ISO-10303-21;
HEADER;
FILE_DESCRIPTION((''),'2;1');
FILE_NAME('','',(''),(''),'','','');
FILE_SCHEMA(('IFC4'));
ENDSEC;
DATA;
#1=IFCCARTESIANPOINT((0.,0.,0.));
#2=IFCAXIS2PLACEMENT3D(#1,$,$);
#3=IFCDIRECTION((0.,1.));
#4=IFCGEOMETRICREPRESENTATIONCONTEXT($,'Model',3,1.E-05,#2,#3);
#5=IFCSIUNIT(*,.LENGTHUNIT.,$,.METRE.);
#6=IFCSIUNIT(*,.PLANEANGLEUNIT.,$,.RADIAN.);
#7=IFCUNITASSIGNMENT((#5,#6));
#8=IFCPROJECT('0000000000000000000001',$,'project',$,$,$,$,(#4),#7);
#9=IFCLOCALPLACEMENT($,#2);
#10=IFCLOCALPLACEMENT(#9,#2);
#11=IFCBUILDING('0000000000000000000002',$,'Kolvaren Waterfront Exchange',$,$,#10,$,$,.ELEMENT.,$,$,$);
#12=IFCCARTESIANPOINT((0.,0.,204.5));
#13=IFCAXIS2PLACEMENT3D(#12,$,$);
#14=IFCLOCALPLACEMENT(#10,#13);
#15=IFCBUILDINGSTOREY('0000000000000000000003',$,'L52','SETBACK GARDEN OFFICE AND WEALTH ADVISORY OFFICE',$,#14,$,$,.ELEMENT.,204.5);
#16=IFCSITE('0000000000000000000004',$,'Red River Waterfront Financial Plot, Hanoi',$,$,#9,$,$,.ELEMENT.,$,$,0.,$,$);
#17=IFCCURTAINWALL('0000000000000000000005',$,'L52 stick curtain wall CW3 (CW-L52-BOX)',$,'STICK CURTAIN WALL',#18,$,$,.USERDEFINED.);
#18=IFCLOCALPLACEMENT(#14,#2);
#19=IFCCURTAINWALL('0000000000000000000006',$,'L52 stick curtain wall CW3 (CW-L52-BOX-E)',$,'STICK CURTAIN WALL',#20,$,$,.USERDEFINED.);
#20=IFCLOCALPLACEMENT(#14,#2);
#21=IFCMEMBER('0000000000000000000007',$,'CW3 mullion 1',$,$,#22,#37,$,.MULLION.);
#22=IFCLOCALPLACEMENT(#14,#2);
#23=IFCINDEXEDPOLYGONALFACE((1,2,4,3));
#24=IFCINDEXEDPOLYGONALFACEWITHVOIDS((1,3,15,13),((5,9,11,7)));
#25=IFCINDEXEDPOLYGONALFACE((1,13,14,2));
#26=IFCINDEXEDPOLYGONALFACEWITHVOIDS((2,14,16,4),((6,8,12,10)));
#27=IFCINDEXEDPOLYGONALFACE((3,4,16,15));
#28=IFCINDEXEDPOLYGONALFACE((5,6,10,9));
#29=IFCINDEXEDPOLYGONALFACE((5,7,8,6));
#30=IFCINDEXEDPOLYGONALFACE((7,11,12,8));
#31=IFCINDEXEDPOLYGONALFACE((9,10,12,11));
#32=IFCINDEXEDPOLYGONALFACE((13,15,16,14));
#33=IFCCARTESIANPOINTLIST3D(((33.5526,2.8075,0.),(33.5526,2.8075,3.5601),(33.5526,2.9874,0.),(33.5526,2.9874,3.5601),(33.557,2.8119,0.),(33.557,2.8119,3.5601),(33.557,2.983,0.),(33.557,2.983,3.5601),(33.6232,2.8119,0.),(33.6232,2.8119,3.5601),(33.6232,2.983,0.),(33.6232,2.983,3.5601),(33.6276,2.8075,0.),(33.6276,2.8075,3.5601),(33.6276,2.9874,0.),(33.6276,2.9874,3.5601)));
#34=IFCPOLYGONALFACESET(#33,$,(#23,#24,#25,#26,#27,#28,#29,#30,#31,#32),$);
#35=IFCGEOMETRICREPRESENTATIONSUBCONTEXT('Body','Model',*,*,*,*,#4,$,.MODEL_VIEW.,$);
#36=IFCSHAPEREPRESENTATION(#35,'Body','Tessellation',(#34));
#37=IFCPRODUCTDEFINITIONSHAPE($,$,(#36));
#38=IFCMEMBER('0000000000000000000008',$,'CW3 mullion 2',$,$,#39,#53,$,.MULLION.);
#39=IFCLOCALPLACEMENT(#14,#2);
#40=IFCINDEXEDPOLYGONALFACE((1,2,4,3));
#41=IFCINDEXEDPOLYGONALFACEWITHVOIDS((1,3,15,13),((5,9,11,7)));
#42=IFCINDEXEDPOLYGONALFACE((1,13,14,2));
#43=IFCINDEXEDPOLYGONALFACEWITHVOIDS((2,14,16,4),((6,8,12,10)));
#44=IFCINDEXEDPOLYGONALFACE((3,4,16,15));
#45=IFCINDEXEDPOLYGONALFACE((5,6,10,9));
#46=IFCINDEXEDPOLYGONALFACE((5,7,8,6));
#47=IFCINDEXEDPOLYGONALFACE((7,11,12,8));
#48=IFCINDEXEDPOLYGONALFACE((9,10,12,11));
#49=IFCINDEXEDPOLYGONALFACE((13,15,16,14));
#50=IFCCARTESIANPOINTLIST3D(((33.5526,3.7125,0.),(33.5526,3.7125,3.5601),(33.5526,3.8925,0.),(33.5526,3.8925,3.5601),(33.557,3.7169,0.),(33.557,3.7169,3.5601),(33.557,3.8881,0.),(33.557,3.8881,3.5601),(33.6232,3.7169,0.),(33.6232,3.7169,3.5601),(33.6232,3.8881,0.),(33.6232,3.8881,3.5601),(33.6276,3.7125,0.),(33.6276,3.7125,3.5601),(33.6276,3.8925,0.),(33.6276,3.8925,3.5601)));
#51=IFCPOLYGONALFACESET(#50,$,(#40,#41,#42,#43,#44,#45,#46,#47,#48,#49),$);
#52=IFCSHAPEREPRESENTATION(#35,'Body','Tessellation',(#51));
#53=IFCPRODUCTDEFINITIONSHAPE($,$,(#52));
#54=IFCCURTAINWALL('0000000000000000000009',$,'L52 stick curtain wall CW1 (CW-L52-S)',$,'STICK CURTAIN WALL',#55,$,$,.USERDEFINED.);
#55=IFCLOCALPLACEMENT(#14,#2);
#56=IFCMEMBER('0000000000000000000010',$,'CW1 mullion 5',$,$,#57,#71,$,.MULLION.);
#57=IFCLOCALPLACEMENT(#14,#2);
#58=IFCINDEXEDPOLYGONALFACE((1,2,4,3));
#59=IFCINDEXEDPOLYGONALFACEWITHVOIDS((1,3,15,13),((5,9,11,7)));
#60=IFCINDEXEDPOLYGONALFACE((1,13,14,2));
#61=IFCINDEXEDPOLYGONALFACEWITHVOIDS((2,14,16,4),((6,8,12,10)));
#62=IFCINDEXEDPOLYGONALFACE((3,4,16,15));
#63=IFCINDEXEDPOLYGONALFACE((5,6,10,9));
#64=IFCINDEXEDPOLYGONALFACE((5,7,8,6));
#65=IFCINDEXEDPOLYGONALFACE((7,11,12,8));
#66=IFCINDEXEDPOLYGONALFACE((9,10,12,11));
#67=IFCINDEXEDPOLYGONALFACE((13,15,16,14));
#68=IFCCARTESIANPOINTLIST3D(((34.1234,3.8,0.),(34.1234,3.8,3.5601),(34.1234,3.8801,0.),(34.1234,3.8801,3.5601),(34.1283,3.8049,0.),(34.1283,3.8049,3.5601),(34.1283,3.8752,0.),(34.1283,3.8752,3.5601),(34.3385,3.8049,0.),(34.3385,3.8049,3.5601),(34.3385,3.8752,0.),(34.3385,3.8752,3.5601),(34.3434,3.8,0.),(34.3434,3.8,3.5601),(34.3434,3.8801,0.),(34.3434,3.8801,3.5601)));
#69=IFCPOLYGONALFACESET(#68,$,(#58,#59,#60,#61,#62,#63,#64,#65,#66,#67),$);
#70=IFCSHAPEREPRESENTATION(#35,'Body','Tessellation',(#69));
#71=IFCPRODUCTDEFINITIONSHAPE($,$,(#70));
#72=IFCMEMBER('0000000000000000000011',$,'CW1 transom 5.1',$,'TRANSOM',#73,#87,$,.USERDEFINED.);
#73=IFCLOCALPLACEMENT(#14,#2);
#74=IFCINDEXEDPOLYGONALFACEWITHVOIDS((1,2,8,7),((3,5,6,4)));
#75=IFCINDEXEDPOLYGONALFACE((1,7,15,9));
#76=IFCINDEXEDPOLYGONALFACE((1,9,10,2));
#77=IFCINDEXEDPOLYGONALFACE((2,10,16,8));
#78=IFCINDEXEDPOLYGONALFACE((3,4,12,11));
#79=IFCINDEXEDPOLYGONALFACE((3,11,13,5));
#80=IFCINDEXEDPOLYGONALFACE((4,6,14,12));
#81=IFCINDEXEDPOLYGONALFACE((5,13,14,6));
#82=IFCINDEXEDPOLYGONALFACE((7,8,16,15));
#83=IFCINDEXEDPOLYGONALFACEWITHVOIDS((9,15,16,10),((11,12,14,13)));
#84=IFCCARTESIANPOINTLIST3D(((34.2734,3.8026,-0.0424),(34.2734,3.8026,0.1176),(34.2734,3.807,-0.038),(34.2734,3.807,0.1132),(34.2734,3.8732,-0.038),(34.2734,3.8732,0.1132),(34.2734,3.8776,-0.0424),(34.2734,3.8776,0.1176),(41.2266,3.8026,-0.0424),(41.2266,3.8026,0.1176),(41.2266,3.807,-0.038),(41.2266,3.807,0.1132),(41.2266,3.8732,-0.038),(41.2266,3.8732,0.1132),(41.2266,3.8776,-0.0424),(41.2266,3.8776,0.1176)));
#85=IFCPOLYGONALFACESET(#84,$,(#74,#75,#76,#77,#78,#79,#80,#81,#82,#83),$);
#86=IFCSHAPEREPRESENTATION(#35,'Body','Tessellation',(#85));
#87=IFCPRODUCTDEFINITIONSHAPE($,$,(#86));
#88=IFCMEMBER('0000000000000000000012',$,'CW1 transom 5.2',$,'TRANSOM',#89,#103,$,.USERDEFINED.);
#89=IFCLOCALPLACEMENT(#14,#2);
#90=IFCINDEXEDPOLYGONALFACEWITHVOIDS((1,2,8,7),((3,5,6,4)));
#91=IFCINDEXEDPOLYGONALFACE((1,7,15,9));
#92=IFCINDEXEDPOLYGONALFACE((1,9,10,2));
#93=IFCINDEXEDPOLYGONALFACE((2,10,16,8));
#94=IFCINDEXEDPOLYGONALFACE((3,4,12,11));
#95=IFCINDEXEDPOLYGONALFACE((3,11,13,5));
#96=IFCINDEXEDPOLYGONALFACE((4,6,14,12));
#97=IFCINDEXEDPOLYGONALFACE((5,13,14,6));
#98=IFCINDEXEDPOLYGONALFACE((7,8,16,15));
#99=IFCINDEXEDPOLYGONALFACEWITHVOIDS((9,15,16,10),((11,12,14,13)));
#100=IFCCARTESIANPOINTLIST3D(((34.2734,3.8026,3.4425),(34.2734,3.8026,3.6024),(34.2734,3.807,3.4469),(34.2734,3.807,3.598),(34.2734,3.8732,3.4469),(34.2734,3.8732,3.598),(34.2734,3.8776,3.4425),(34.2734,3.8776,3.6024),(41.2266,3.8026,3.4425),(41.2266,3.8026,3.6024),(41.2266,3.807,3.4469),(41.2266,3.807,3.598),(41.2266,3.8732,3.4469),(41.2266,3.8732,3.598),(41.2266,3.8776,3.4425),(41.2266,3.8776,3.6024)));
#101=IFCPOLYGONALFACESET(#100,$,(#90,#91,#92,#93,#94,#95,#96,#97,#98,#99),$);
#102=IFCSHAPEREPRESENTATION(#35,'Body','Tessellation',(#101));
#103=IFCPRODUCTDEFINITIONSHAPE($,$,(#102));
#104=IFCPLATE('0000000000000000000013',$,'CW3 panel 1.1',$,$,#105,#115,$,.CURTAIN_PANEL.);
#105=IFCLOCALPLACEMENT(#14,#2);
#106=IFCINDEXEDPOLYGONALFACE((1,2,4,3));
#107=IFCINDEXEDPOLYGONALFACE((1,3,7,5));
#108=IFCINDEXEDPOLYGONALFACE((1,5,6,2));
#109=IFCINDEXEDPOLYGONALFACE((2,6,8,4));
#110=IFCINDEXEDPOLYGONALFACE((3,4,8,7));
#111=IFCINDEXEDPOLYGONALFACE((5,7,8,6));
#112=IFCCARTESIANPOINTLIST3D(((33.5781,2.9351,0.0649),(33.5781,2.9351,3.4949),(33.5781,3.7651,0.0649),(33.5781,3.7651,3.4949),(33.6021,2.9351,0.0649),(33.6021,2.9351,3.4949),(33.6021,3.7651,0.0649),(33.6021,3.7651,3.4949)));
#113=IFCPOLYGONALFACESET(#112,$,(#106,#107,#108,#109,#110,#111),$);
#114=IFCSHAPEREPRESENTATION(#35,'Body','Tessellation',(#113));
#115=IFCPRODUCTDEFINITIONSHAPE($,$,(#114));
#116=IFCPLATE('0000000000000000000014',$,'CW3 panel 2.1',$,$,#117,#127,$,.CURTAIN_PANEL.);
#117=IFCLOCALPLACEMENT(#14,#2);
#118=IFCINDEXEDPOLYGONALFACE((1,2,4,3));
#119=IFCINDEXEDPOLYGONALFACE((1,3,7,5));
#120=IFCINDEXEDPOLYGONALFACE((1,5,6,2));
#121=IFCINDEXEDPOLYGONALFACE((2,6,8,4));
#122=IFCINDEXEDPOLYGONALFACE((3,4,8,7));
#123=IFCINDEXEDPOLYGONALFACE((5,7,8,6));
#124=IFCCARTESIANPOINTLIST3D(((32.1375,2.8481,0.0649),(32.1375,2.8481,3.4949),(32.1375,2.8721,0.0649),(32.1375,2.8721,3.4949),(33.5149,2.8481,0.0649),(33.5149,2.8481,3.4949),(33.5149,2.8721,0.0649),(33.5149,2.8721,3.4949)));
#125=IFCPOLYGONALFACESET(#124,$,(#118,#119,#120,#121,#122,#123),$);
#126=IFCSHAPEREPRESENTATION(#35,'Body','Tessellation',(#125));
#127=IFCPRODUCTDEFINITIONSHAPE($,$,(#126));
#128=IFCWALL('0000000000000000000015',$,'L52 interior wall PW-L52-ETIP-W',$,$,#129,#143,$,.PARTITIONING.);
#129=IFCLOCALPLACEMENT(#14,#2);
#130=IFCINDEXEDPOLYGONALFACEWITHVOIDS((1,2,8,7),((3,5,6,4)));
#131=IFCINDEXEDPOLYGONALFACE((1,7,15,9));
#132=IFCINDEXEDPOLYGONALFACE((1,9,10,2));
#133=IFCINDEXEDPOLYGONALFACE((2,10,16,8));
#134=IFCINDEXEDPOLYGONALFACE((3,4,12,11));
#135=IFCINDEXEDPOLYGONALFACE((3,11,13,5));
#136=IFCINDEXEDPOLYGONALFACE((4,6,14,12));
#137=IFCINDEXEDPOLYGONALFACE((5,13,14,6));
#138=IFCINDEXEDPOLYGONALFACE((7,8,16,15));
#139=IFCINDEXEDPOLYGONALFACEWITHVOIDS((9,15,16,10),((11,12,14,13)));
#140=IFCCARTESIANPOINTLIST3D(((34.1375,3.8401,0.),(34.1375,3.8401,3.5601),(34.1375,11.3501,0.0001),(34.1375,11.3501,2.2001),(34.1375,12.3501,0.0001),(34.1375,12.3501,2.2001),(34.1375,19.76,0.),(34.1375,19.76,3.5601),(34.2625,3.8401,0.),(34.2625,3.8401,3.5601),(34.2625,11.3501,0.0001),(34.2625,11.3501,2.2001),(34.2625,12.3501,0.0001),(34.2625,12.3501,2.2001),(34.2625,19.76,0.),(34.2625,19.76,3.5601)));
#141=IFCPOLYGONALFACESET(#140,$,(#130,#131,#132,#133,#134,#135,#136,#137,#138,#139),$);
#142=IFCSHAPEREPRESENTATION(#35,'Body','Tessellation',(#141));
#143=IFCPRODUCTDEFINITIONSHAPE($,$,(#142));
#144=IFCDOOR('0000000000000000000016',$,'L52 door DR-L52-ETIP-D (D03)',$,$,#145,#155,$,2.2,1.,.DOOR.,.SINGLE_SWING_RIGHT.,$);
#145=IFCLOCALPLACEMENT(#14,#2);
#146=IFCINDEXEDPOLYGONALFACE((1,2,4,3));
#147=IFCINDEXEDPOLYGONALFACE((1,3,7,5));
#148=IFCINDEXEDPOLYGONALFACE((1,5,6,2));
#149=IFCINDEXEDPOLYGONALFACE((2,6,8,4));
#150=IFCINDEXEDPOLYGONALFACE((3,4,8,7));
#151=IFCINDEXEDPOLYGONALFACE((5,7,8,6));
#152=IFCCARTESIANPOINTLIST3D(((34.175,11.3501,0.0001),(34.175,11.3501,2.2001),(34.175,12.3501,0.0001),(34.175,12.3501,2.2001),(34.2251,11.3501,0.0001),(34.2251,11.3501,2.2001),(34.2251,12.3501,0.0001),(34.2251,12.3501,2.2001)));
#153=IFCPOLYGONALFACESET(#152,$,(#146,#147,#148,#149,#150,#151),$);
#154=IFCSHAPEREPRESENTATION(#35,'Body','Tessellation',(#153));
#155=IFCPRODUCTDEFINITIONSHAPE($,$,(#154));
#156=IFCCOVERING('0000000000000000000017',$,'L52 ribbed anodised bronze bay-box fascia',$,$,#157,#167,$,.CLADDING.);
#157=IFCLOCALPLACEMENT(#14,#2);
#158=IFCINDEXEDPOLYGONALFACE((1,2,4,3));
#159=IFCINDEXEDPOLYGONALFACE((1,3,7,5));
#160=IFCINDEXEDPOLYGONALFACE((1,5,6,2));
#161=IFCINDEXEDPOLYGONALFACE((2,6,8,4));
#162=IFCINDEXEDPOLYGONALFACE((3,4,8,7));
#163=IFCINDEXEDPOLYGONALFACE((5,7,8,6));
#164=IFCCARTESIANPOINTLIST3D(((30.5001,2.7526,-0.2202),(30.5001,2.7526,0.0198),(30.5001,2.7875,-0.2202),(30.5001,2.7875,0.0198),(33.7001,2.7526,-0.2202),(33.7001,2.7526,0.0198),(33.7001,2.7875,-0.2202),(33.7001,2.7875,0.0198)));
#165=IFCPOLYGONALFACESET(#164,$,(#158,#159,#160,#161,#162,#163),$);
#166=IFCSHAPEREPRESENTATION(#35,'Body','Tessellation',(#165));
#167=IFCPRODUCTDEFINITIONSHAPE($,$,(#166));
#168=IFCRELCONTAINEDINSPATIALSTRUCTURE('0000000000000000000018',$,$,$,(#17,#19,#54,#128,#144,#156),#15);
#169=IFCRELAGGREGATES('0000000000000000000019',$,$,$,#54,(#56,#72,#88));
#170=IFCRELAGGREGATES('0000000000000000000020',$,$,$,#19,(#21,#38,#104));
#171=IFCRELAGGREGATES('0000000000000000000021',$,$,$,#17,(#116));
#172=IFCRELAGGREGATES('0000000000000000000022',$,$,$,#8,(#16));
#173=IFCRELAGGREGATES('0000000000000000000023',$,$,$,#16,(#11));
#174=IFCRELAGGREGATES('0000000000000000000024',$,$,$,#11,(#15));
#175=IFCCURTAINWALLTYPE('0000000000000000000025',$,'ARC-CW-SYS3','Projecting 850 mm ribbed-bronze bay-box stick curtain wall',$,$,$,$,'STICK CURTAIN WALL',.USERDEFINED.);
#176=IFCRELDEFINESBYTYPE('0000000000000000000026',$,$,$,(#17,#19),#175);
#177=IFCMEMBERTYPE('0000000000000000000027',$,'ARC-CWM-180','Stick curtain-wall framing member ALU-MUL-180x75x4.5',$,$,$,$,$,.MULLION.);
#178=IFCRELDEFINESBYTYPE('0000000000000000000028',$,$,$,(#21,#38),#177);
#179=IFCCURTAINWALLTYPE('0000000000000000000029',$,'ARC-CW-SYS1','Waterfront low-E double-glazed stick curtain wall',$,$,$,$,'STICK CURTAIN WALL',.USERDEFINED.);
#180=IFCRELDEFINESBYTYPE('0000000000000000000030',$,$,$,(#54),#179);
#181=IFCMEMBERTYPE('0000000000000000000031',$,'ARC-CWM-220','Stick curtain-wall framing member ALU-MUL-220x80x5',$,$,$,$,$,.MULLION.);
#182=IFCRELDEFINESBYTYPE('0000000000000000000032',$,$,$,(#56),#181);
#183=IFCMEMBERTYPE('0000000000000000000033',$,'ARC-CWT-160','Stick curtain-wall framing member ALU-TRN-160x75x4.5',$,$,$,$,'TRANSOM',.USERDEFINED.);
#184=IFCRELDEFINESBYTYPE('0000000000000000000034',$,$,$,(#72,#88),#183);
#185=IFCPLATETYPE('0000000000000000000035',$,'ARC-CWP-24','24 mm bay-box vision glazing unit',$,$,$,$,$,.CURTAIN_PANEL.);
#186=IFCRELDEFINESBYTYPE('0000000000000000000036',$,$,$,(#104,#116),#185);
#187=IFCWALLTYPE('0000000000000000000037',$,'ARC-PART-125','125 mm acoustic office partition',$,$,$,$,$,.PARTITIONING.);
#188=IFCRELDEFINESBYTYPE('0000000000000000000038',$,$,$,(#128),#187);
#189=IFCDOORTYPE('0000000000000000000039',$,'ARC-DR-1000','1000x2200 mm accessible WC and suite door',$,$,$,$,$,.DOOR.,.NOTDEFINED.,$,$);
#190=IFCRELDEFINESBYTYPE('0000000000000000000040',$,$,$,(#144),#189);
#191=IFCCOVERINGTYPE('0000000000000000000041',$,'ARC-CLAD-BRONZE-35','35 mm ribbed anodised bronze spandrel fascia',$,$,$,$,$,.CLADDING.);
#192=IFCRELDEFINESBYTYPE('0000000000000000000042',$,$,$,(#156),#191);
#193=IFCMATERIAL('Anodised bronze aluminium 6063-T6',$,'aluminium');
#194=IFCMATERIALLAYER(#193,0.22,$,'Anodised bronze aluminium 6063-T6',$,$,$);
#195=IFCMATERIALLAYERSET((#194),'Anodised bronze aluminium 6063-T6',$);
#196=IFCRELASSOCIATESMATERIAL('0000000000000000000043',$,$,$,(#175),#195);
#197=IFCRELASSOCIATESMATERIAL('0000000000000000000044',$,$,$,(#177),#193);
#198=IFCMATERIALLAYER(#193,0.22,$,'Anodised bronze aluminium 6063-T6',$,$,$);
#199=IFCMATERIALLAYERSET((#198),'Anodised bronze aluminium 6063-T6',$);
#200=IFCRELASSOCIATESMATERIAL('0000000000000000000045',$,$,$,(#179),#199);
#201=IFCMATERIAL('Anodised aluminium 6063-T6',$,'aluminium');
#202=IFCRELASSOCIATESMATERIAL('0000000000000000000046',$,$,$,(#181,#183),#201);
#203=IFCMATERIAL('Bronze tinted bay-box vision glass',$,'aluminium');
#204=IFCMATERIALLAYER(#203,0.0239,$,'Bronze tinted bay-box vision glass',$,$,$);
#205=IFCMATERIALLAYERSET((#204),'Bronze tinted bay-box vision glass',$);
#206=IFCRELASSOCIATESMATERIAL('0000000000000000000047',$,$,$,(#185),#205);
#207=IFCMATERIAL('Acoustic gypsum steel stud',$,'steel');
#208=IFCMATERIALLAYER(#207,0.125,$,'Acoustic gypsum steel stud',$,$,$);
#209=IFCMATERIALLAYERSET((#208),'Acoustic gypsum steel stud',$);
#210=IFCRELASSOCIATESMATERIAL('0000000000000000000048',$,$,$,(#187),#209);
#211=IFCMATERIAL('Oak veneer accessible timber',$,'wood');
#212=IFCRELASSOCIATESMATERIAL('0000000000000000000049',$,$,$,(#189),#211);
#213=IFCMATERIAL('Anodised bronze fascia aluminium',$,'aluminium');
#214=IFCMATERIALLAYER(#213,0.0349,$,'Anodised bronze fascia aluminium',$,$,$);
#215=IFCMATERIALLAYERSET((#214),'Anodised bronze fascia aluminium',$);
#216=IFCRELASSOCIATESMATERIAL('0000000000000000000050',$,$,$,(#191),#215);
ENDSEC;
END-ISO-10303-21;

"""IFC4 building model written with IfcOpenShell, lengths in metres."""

from ifc_helpers import new_model, si_unit, direction, frame, frame_2d, origin, origin_with_axes, origin_2d, place, context, subcontext, project, spatial, rectangle, hollow_rectangle, extrude, source, transform, mapped, material, layer, layer_set, material_profile, profile_set, type_object, element, fill, aggregate, save


model = new_model("IFC4")

# Units and contexts
model_context = context("Model", 3, precision=1e-05, world=origin(), true_north=direction((0.0, 1.0)))
body_context = subcontext(model_context, "Body", "Model", "MODEL_VIEW")
ifc_project = project(units=[si_unit("LENGTHUNIT", "METRE"), si_unit("PLANEANGLEUNIT", "RADIAN")], contexts=[model_context])

# Site, building, storey
site_placement = place(None, origin())
site = spatial("IfcSite", under=ifc_project, at=site_placement, Name="Red River Waterfront Financial Plot, Hanoi", CompositionType="ELEMENT", RefElevation=0.0)
building_placement = place(site_placement, origin())
building = spatial("IfcBuilding", under=site, at=building_placement, Name="Kolvaren Waterfront Exchange", CompositionType="ELEMENT")
storey_placement = place(building_placement, frame((0.0, 0.0, 204.5)))
storey = spatial("IfcBuildingStorey", under=building, at=storey_placement, Name="L52", Description="SETBACK GARDEN OFFICE AND WEALTH ADVISORY OFFICE", CompositionType="ELEMENT", Elevation=204.5)

# Curtain walls
ifc_material_1 = material(Name="Anodised bronze aluminium 6063-T6", Category="aluminium")
ifc_layer_1 = layer(ifc_material_1, 0.22, Name="Anodised bronze aluminium 6063-T6")
ifc_layer_set_1 = layer_set([ifc_layer_1], Name="Anodised bronze aluminium 6063-T6")
curtain_wall_type_1 = type_object("IfcCurtainWallType", Name="ARC-CW-SYS3", Description="Projecting 850 mm ribbed-bronze bay-box stick curtain wall", ElementType="STICK CURTAIN WALL", PredefinedType="USERDEFINED", material=ifc_layer_set_1)
curtain_wall_1_placement = place(storey_placement, origin())
curtain_wall_1 = element("IfcCurtainWall", 1, at=curtain_wall_1_placement, inside=storey, type_object=curtain_wall_type_1, Name="L52 stick curtain wall CW3 (CW-L52-BOX)", ObjectType="STICK CURTAIN WALL", PredefinedType="USERDEFINED")
curtain_wall_2_placement = place(storey_placement, origin())
curtain_wall_2 = element("IfcCurtainWall", 2, at=curtain_wall_2_placement, inside=storey, type_object=curtain_wall_type_1, Name="L52 stick curtain wall CW3 (CW-L52-BOX-E)", ObjectType="STICK CURTAIN WALL", PredefinedType="USERDEFINED")

# Members
ifc_material_profile_1 = material_profile(ifc_material_1, hollow_rectangle(XDim=0.075, YDim=0.1799, WallThickness=0.0044, at=origin_2d()), Name="ALU-MUL-180x75x4.5")
ifc_profile_set_1 = profile_set([ifc_material_profile_1], Name="Anodised bronze aluminium 6063-T6")
member_type_1 = type_object("IfcMemberType", Name="ARC-CWM-180", Description="Stick curtain-wall framing member ALU-MUL-180x75x4.5", PredefinedType="MULLION", material=ifc_profile_set_1)
shared_shape_1 = source(origin_with_axes(), body_context, "Body", "SweptSolid", [
    extrude(hollow_rectangle(XDim=0.075, YDim=0.1799, WallThickness=0.0044, at=origin_2d()), origin(), (0.0, 0.0, 1.0), 3.5601),
])
member_1_placement = place(storey_placement, frame((33.5901, 2.8975, 0.0), z_axis=(0.0, 0.0, 1.0), x_axis=(-1.0, 0.0, 0.0)))
member_1 = element("IfcMember", 3, at=member_1_placement, type_object=member_type_1, Name="CW3 mullion 1", PredefinedType="MULLION", context=body_context, shape_type="MappedRepresentation", body=[
    mapped(shared_shape_1, transform((0.0, 0.0, 0.0), x_axis=(1.0, 0.0, 0.0), y_axis=(0.0, 1.0, 0.0), z_axis=(0.0, 0.0, 1.0), scale=1.0)),
])
member_2_placement = place(storey_placement, frame((33.5901, 3.8025, 0.0), z_axis=(0.0, 0.0, 1.0), x_axis=(-1.0, 0.0, 0.0)))
member_2 = element("IfcMember", 4, at=member_2_placement, type_object=member_type_1, Name="CW3 mullion 2", PredefinedType="MULLION", context=body_context, shape_type="MappedRepresentation", body=[
    mapped(shared_shape_1, transform((0.0, 0.0, 0.0), x_axis=(1.0, 0.0, 0.0), y_axis=(0.0, 1.0, 0.0), z_axis=(0.0, 0.0, 1.0), scale=1.0)),
])

# Curtain wall, members
ifc_layer_2 = layer(ifc_material_1, 0.22, Name="Anodised bronze aluminium 6063-T6")
ifc_layer_set_2 = layer_set([ifc_layer_2], Name="Anodised bronze aluminium 6063-T6")
curtain_wall_type_2 = type_object("IfcCurtainWallType", Name="ARC-CW-SYS1", Description="Waterfront low-E double-glazed stick curtain wall", ElementType="STICK CURTAIN WALL", PredefinedType="USERDEFINED", material=ifc_layer_set_2)
curtain_wall_3_placement = place(storey_placement, origin())
curtain_wall_3 = element("IfcCurtainWall", 5, at=curtain_wall_3_placement, inside=storey, type_object=curtain_wall_type_2, Name="L52 stick curtain wall CW1 (CW-L52-S)", ObjectType="STICK CURTAIN WALL", PredefinedType="USERDEFINED")
ifc_material_2 = material(Name="Anodised aluminium 6063-T6", Category="aluminium")
ifc_material_profile_2 = material_profile(ifc_material_2, hollow_rectangle(XDim=0.0801, YDim=0.22, WallThickness=0.0049, at=origin_2d()), Name="ALU-MUL-220x80x5")
ifc_profile_set_2 = profile_set([ifc_material_profile_2], Name="Anodised aluminium 6063-T6")
member_type_2 = type_object("IfcMemberType", Name="ARC-CWM-220", Description="Stick curtain-wall framing member ALU-MUL-220x80x5", PredefinedType="MULLION", material=ifc_profile_set_2)
shared_shape_2 = source(origin_with_axes(), body_context, "Body", "SweptSolid", [
    extrude(hollow_rectangle(XDim=0.0801, YDim=0.22, WallThickness=0.0049, at=origin_2d()), origin(), (0.0, 0.0, 1.0), 3.5601),
])
member_3_placement = place(storey_placement, frame((34.2334, 3.8401, 0.0), z_axis=(0.0, 0.0, 1.0), x_axis=(0.0, 1.0, 0.0)))
member_3 = element("IfcMember", 6, at=member_3_placement, type_object=member_type_2, Name="CW1 mullion 5", PredefinedType="MULLION", context=body_context, shape_type="MappedRepresentation", body=[
    mapped(shared_shape_2, transform((0.0, 0.0, 0.0), x_axis=(1.0, 0.0, 0.0), y_axis=(0.0, 1.0, 0.0), z_axis=(0.0, 0.0, 1.0), scale=1.0)),
])
ifc_material_profile_3 = material_profile(ifc_material_2, hollow_rectangle(XDim=0.075, YDim=0.1599, WallThickness=0.0044, at=origin_2d()), Name="ALU-TRN-160x75x4.5")
ifc_profile_set_3 = profile_set([ifc_material_profile_3], Name="Anodised aluminium 6063-T6")
member_type_3 = type_object("IfcMemberType", Name="ARC-CWT-160", Description="Stick curtain-wall framing member ALU-TRN-160x75x4.5", ElementType="TRANSOM", PredefinedType="USERDEFINED", material=ifc_profile_set_3)
shared_shape_3 = source(origin_with_axes(), body_context, "Body", "SweptSolid", [
    extrude(hollow_rectangle(XDim=0.075, YDim=0.1599, WallThickness=0.0044, at=origin_2d()), origin(), (0.0, 0.0, 1.0), 6.9531),
])
member_4_placement = place(storey_placement, frame((34.2734, 3.8401, 0.0376), z_axis=(1.0, 0.0, 0.0), x_axis=(0.0, 1.0, 0.0)))
member_4 = element("IfcMember", 7, at=member_4_placement, type_object=member_type_3, Name="CW1 transom 5.1", ObjectType="TRANSOM", PredefinedType="USERDEFINED", context=body_context, shape_type="MappedRepresentation", body=[
    mapped(shared_shape_3, transform((0.0, 0.0, 0.0), x_axis=(1.0, 0.0, 0.0), y_axis=(0.0, 1.0, 0.0), z_axis=(0.0, 0.0, 1.0), scale=1.0)),
])
member_5_placement = place(storey_placement, frame((34.2734, 3.8401, 3.5225), z_axis=(1.0, 0.0, 0.0), x_axis=(0.0, 1.0, 0.0)))
member_5 = element("IfcMember", 8, at=member_5_placement, type_object=member_type_3, Name="CW1 transom 5.2", ObjectType="TRANSOM", PredefinedType="USERDEFINED", context=body_context, shape_type="MappedRepresentation", body=[
    mapped(shared_shape_3, transform((0.0, 0.0, 0.0), x_axis=(1.0, 0.0, 0.0), y_axis=(0.0, 1.0, 0.0), z_axis=(0.0, 0.0, 1.0), scale=1.0)),
])
aggregate(curtain_wall_3, [member_3, member_4, member_5])

# Plates
ifc_material_3 = material(Name="Bronze tinted bay-box vision glass", Category="aluminium")
ifc_layer_3 = layer(ifc_material_3, 0.0239, Name="Bronze tinted bay-box vision glass")
ifc_layer_set_3 = layer_set([ifc_layer_3], Name="Bronze tinted bay-box vision glass")
plate_type = type_object("IfcPlateType", Name="ARC-CWP-24", Description="24 mm bay-box vision glazing unit", PredefinedType="CURTAIN_PANEL", material=ifc_layer_set_3)
shared_shape_4 = source(origin_with_axes(), body_context, "Body", "SweptSolid", [
    extrude(rectangle(XDim=0.8301, YDim=0.0239, at=origin_2d()), origin(), (0.0, 0.0, 1.0), 3.4299),
])
plate_1_placement = place(storey_placement, frame((33.5901, 3.3501, 0.0649), z_axis=(0.0, 0.0, 1.0), x_axis=(0.0, 1.0, 0.0)))
plate_1 = element("IfcPlate", 9, at=plate_1_placement, type_object=plate_type, Name="CW3 panel 1.1", PredefinedType="CURTAIN_PANEL", context=body_context, shape_type="MappedRepresentation", body=[
    mapped(shared_shape_4, transform((0.0, 0.0, 0.0), x_axis=(1.0, 0.0, 0.0), y_axis=(0.0, 1.0, 0.0), z_axis=(0.0, 0.0, 1.0), scale=1.0)),
])
aggregate(curtain_wall_2, [member_1, member_2, plate_1])
shared_shape_5 = source(origin_with_axes(), body_context, "Body", "SweptSolid", [
    extrude(rectangle(XDim=1.3774, YDim=0.0239, at=origin_2d()), origin(), (0.0, 0.0, 1.0), 3.4299),
])
plate_2_placement = place(storey_placement, frame((32.8262, 2.8601, 0.0649), z_axis=(0.0, 0.0, 1.0), x_axis=(1.0, 0.0, 0.0)))
plate_2 = element("IfcPlate", 10, at=plate_2_placement, type_object=plate_type, Name="CW3 panel 2.1", PredefinedType="CURTAIN_PANEL", context=body_context, shape_type="MappedRepresentation", body=[
    mapped(shared_shape_5, transform((0.0, 0.0, 0.0), x_axis=(1.0, 0.0, 0.0), y_axis=(0.0, 1.0, 0.0), z_axis=(0.0, 0.0, 1.0), scale=1.0)),
])
aggregate(curtain_wall_1, [plate_2])

# Wall, opening, door
ifc_material_4 = material(Name="Acoustic gypsum steel stud", Category="steel")
ifc_layer_4 = layer(ifc_material_4, 0.125, Name="Acoustic gypsum steel stud")
ifc_layer_set_4 = layer_set([ifc_layer_4], Name="Acoustic gypsum steel stud")
wall_type = type_object("IfcWallType", Name="ARC-PART-125", Description="125 mm acoustic office partition", PredefinedType="PARTITIONING", material=ifc_layer_set_4)
wall_placement = place(storey_placement, frame((34.2, 3.8401, 0.0), z_axis=(0.0, 0.0, 1.0), x_axis=(0.0, 1.0, 0.0)))
wall = element("IfcWall", 11, at=wall_placement, inside=storey, type_object=wall_type, Name="L52 interior wall PW-L52-ETIP-W", PredefinedType="PARTITIONING", context=body_context, shape_type="SweptSolid", body=[
    extrude(rectangle(XDim=15.9199, YDim=0.125, at=frame_2d((7.96, 0.0))), origin(), (0.0, 0.0, 1.0), 3.5601),
])
opening_placement = place(wall_placement, frame((7.51, 0.0, 0.0)))
opening = element("IfcOpeningElement", 12, at=opening_placement, cuts=wall, PredefinedType="OPENING", context=body_context, shape_type="SweptSolid", body=[
    extrude(rectangle(XDim=1.0, YDim=2.2, at=frame_2d((0.5, 1.1001))), frame((0.0, 0.0725, 0.0), z_axis=(0.0, -1.0, 0.0), x_axis=(1.0, 0.0, 0.0)), (0.0, 0.0, 1.0), 0.145),
])
ifc_material_5 = material(Name="Oak veneer accessible timber", Category="wood")
door_type = type_object("IfcDoorType", Name="ARC-DR-1000", Description="1000x2200 mm accessible WC and suite door", OperationType="NOTDEFINED", PredefinedType="DOOR", material=ifc_material_5)
door_placement = place(opening_placement, origin())
door = element("IfcDoor", 13, at=door_placement, inside=storey, type_object=door_type, Name="L52 door DR-L52-ETIP-D (D03)", OperationType="SINGLE_SWING_RIGHT", OverallHeight=2.2, OverallWidth=1.0, PredefinedType="DOOR", context=body_context, shape_type="SweptSolid", body=[
    extrude(rectangle(XDim=1.0, YDim=2.2, at=frame_2d((0.5, 1.1001))), frame((0.0, 0.0249, 0.0), z_axis=(0.0, -1.0, 0.0), x_axis=(1.0, 0.0, 0.0)), (0.0, 0.0, 1.0), 0.05),
])
fill(opening, door)

# Covering
ifc_material_6 = material(Name="Anodised bronze fascia aluminium", Category="aluminium")
ifc_layer_5 = layer(ifc_material_6, 0.0349, Name="Anodised bronze fascia aluminium")
ifc_layer_set_5 = layer_set([ifc_layer_5], Name="Anodised bronze fascia aluminium")
covering_type = type_object("IfcCoveringType", Name="ARC-CLAD-BRONZE-35", Description="35 mm ribbed anodised bronze spandrel fascia", PredefinedType="CLADDING", material=ifc_layer_set_5)
covering_placement = place(storey_placement, frame((32.1001, 2.77, -0.2202), z_axis=(0.0, 0.0, 1.0), x_axis=(1.0, 0.0, 0.0)))
element("IfcCovering", 14, at=covering_placement, inside=storey, type_object=covering_type, Name="L52 ribbed anodised bronze bay-box fascia", PredefinedType="CLADDING", context=body_context, shape_type="SweptSolid", body=[
    extrude(rectangle(XDim=3.2, YDim=0.0349, at=origin_2d()), origin(), (0.0, 0.0, 1.0), 0.24),
])

save(model, "model.ifc")
